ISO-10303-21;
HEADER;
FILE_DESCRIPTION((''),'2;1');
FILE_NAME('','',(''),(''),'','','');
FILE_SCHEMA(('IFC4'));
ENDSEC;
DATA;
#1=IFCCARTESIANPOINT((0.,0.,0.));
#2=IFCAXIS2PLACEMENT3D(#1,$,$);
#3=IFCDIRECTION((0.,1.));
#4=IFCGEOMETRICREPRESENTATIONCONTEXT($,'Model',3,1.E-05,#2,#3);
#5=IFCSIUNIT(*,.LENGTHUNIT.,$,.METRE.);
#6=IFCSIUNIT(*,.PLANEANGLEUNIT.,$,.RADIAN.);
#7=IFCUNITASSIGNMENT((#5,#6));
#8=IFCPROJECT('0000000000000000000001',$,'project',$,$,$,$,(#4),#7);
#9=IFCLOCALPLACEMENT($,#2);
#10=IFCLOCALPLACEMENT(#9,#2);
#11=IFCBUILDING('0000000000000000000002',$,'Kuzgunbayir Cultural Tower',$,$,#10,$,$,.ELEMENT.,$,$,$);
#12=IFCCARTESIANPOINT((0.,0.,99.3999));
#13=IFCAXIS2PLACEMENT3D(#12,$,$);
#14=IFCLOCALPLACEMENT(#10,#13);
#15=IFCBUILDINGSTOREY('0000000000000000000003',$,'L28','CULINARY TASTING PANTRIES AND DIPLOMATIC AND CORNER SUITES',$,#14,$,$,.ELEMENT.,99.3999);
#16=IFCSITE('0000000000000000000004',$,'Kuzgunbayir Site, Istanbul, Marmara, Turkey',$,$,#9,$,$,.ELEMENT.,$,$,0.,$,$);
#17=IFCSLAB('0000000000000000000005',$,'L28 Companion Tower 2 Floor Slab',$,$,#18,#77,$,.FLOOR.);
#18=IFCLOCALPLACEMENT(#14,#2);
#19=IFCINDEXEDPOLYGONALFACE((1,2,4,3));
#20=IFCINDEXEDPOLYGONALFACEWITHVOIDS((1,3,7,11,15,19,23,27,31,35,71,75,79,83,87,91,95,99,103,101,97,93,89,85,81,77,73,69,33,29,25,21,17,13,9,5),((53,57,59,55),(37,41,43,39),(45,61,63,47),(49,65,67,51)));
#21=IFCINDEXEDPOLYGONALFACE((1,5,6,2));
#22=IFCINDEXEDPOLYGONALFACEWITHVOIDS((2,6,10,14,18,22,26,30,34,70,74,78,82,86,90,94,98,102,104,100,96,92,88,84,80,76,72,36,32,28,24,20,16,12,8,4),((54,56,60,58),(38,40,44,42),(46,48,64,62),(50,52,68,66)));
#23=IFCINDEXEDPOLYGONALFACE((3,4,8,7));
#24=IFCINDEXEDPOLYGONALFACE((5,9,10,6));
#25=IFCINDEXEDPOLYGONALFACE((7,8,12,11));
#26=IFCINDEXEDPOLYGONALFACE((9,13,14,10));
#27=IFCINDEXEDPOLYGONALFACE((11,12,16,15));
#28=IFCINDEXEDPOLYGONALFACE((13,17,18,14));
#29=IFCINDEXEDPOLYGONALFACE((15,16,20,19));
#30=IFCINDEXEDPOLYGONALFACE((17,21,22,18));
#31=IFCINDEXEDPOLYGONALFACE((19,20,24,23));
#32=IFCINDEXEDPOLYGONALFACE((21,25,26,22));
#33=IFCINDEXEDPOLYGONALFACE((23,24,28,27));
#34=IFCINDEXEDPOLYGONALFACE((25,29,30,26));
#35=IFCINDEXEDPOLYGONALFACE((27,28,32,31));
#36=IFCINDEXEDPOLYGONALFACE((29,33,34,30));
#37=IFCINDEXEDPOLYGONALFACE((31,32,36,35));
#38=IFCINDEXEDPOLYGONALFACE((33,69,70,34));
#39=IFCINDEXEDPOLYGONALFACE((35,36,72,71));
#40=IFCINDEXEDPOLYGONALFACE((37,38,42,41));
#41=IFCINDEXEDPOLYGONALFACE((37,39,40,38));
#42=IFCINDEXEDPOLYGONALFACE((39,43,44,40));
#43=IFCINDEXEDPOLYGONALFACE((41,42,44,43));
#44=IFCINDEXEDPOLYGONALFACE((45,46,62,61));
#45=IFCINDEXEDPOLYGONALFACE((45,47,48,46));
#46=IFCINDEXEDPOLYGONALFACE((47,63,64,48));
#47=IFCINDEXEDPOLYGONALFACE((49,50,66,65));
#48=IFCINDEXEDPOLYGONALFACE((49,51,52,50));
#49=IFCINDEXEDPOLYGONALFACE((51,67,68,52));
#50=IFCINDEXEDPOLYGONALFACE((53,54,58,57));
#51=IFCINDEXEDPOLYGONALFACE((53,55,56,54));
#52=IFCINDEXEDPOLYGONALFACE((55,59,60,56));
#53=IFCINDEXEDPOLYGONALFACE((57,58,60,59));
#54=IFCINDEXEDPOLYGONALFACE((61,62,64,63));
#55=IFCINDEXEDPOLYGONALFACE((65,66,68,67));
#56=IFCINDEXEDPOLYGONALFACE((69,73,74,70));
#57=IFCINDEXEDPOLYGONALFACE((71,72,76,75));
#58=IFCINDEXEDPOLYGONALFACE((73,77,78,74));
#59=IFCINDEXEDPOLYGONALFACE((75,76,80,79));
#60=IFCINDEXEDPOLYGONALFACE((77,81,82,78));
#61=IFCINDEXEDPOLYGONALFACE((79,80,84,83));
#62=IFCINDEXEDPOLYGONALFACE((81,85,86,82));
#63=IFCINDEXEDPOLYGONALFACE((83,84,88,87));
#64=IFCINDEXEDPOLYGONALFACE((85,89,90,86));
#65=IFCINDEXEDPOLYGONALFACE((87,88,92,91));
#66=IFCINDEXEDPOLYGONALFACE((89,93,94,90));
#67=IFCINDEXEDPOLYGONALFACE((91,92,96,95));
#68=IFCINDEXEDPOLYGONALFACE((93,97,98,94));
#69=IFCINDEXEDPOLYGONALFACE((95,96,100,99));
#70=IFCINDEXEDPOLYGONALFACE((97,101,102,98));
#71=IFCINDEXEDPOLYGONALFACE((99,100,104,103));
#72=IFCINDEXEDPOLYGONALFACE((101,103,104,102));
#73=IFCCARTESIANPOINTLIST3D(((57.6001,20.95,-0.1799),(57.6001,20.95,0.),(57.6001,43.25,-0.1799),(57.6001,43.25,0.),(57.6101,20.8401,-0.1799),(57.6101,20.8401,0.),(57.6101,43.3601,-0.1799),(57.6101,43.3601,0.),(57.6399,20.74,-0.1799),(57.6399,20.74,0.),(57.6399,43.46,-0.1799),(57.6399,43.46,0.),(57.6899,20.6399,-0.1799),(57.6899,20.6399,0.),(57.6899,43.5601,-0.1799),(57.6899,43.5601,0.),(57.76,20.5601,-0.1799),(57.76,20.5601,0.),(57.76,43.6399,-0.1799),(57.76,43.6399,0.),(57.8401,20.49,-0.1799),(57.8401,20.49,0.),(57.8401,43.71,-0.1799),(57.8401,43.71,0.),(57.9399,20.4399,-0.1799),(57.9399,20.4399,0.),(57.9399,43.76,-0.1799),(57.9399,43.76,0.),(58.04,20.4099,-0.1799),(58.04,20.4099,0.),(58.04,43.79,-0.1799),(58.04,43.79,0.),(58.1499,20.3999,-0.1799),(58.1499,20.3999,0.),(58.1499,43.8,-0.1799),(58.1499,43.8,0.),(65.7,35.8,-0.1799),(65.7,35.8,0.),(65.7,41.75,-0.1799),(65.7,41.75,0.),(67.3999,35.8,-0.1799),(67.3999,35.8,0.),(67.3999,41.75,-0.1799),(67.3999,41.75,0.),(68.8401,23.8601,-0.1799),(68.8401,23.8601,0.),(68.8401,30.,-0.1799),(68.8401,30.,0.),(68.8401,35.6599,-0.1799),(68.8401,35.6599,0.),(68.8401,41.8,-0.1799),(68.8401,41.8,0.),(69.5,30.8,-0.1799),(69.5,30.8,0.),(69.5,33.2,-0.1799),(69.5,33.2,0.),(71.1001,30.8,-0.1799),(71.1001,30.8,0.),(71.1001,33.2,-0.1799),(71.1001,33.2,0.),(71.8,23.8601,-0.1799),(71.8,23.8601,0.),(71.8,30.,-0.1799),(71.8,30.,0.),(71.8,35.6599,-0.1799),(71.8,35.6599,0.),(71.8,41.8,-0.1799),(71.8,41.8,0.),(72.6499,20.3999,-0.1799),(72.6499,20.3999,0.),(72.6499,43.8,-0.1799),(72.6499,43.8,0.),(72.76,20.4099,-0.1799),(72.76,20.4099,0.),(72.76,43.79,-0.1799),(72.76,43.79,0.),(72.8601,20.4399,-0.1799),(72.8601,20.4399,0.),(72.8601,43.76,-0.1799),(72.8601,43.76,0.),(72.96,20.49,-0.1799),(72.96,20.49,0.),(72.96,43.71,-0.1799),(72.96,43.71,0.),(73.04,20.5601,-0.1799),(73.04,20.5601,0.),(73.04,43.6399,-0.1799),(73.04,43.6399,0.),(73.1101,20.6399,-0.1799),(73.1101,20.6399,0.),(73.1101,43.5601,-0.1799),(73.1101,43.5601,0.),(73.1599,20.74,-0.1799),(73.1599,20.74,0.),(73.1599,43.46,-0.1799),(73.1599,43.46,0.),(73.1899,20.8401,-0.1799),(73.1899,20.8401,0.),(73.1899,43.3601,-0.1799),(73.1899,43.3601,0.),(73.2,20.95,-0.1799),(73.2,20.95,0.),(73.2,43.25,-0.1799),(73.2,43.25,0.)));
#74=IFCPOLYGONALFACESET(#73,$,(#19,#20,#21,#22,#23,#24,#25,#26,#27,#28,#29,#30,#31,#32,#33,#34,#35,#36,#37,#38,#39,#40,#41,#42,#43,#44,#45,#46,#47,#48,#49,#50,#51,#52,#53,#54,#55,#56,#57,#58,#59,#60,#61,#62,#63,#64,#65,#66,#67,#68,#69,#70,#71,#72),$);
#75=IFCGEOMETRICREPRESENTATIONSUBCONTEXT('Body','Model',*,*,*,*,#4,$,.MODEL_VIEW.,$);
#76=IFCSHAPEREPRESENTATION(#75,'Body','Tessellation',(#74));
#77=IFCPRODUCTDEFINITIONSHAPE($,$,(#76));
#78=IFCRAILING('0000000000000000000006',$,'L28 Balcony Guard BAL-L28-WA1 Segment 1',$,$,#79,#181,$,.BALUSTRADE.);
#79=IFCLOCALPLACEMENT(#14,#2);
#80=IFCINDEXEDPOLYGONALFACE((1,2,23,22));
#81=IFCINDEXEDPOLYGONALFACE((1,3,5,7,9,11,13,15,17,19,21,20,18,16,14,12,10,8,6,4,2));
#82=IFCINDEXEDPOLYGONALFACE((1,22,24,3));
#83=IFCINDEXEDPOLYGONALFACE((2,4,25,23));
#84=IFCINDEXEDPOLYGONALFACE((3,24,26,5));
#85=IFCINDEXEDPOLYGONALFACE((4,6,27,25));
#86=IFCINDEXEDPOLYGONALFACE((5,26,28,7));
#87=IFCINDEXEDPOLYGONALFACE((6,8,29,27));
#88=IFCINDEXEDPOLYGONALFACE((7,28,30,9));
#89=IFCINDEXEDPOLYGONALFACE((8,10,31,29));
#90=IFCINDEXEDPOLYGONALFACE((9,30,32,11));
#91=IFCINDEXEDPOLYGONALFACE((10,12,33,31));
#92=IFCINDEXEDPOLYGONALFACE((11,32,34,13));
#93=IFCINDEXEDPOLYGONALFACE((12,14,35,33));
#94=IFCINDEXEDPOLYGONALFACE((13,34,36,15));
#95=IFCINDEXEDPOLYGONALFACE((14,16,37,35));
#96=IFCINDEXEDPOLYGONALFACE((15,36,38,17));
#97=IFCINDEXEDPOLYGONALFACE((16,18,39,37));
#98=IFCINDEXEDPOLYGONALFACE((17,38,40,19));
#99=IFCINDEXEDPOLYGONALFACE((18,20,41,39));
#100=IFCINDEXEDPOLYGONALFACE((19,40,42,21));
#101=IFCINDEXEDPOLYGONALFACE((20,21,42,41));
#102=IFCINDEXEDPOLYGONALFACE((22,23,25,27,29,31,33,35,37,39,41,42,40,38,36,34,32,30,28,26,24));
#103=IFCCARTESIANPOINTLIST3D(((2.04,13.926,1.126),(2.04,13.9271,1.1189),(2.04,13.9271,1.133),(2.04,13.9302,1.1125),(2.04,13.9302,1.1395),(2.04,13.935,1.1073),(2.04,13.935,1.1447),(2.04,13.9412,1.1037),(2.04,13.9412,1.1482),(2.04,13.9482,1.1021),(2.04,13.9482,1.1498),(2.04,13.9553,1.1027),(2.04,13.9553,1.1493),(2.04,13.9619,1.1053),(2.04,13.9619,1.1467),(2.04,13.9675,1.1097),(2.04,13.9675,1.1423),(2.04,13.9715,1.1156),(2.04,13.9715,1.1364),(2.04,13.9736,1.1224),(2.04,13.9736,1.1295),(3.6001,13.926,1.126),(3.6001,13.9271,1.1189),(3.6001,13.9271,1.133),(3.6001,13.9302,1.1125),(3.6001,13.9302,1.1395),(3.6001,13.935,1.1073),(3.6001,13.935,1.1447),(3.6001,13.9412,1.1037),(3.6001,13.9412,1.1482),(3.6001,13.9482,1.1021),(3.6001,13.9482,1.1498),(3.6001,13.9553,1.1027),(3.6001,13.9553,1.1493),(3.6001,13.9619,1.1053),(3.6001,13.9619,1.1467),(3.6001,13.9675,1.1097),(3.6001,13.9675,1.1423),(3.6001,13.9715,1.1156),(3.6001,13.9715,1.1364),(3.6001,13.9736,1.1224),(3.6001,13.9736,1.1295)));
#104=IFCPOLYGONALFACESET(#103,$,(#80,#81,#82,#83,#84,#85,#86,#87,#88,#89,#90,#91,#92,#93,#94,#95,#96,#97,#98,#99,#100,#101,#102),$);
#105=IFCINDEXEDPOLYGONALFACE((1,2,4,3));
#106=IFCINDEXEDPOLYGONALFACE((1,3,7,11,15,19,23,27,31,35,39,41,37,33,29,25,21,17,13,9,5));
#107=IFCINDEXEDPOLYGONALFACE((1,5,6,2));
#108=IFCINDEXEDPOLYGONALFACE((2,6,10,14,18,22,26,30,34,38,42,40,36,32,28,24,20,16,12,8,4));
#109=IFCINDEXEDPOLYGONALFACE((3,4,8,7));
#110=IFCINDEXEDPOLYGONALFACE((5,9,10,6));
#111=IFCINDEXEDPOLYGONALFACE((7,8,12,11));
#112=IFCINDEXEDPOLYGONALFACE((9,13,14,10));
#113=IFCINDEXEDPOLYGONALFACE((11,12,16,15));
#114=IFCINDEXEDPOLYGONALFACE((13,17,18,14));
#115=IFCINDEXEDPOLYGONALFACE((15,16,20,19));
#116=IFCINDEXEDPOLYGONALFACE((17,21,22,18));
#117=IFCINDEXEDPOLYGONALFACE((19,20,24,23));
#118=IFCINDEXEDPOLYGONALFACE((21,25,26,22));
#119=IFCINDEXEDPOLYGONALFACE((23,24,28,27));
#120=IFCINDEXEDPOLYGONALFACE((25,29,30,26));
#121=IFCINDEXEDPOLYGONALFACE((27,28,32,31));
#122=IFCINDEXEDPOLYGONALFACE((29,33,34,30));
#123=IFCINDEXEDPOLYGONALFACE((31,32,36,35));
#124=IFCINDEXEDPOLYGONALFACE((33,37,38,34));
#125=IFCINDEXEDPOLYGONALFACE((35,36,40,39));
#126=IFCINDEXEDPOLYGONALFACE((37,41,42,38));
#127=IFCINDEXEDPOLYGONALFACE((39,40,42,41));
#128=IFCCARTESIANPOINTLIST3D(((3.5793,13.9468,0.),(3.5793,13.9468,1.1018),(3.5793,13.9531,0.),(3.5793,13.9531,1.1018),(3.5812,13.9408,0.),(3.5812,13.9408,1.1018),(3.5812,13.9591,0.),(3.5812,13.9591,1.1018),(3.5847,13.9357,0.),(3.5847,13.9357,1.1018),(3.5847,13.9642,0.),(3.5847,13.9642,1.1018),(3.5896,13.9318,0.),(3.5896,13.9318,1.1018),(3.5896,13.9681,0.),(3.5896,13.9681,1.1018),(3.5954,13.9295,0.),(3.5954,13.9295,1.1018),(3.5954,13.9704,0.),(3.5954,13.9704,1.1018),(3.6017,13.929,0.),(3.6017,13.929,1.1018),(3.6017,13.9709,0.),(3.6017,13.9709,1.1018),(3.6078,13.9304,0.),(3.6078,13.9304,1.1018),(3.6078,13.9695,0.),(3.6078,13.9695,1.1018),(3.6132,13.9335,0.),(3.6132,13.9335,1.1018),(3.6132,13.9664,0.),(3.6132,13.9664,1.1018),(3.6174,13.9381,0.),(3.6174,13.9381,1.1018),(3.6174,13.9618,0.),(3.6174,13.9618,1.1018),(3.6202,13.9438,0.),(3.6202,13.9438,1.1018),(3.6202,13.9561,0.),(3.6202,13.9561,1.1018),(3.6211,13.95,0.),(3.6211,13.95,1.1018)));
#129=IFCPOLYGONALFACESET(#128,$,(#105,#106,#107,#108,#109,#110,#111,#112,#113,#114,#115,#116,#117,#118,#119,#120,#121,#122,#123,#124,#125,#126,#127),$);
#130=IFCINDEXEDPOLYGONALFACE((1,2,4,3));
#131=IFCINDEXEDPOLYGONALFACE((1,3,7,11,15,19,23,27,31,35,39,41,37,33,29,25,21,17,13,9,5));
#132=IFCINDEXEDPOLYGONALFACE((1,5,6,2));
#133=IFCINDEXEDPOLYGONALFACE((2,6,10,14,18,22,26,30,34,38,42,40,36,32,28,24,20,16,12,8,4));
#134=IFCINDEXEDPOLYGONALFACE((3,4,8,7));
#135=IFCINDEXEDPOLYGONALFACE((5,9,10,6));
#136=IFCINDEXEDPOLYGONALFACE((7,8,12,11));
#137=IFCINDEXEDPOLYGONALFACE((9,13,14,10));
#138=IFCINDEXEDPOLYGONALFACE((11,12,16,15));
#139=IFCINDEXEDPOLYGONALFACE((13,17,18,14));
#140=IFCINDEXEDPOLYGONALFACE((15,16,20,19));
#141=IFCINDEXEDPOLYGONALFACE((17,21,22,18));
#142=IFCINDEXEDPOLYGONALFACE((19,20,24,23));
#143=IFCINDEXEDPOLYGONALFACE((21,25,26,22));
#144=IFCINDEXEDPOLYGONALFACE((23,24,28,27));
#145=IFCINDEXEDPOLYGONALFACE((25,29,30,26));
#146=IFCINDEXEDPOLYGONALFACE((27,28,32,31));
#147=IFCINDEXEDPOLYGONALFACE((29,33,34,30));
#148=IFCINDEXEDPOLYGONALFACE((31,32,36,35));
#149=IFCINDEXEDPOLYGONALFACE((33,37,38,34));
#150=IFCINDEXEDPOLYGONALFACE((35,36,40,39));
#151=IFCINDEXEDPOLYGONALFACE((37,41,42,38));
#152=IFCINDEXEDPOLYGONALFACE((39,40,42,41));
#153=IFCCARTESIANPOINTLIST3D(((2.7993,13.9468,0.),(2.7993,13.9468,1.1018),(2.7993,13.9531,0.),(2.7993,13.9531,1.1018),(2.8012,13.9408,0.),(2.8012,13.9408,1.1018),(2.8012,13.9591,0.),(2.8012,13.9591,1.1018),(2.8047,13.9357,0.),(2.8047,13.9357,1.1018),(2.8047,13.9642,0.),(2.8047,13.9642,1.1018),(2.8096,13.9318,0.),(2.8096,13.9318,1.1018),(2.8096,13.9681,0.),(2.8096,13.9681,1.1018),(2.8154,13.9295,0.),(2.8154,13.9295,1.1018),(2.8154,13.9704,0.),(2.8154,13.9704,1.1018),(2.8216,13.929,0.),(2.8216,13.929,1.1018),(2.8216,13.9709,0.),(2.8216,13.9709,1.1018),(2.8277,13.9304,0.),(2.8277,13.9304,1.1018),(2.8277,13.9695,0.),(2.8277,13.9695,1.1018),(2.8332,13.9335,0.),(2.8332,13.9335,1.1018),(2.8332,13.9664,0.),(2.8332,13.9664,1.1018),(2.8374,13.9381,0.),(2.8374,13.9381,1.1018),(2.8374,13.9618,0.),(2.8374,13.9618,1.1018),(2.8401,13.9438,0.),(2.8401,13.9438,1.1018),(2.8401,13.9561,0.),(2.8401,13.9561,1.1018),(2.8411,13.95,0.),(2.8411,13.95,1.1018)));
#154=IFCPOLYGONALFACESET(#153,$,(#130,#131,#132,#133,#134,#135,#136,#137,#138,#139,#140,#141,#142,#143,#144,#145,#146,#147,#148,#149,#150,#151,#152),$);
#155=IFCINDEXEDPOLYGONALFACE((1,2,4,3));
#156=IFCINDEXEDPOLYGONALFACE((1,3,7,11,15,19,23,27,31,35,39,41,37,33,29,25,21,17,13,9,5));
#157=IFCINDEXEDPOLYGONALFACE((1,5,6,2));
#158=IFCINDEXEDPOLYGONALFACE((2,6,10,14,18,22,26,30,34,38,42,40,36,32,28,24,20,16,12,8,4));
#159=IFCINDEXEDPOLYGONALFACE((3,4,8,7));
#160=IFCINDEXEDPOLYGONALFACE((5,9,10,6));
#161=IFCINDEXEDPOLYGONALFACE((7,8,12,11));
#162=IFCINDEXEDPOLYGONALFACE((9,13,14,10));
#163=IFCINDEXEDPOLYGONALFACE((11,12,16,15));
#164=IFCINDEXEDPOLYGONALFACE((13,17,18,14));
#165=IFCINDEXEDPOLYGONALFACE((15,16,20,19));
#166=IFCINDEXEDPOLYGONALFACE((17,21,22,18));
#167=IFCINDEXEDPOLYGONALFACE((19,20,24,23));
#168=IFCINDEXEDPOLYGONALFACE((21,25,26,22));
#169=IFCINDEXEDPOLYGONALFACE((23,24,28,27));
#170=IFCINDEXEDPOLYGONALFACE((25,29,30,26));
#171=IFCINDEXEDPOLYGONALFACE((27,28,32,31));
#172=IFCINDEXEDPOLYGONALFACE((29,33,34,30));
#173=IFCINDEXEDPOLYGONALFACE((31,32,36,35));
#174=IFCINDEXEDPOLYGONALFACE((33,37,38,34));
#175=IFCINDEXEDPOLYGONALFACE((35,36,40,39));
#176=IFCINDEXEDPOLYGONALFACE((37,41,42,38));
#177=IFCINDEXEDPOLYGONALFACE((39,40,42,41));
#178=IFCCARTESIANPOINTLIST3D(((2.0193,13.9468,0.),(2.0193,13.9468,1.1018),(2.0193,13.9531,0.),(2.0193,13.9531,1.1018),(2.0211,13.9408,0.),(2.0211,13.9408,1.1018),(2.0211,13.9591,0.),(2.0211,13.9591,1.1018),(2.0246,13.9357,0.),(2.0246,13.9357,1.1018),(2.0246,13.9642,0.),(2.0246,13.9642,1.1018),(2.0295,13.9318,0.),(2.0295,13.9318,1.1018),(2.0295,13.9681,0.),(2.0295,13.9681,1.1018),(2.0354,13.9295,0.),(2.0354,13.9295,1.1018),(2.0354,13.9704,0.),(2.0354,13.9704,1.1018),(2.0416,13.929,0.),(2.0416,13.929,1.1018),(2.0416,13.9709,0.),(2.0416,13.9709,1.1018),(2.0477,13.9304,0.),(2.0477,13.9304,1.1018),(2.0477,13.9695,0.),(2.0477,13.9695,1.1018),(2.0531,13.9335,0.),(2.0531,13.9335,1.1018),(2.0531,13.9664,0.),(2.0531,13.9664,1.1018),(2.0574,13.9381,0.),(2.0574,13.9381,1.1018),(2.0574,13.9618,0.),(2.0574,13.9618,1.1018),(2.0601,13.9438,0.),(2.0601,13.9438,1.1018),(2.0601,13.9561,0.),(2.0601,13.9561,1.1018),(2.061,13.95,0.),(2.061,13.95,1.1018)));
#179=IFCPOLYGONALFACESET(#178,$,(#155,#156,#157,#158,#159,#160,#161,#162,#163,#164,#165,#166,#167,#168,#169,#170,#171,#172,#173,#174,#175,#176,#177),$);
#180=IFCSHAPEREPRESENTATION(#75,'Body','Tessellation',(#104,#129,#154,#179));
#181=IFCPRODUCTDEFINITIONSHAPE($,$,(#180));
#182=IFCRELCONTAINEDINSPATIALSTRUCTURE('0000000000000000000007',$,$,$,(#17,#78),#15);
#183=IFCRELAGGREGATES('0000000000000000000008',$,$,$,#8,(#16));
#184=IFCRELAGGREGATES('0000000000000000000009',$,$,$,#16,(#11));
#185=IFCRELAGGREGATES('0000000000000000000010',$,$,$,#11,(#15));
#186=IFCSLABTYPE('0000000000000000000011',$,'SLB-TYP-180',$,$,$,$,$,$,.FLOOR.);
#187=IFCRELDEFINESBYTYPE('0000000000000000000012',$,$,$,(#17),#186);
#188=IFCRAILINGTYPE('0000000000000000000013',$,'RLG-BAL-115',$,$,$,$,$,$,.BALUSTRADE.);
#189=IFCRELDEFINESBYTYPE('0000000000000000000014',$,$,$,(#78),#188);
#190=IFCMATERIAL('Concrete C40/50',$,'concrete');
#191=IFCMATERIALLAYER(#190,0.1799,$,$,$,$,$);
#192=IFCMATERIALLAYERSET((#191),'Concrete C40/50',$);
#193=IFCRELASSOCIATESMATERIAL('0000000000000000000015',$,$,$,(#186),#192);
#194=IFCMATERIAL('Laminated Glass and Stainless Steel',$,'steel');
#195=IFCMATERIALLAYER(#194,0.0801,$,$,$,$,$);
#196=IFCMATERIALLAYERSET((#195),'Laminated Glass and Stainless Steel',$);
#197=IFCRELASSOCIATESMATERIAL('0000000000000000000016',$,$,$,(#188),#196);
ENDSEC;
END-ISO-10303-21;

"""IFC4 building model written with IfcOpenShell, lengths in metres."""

from ifc_helpers import new_model, si_unit, direction, frame, origin, origin_2d, place, context, subcontext, project, spatial, polyline, circle, outline, extrude, material, layer, layer_set, type_object, element, save


model = new_model("IFC4")

# Units and contexts
model_context = context("Model", 3, precision=1e-05, world=origin(), true_north=direction((0.0, 1.0)))
body_context = subcontext(model_context, "Body", "Model", "MODEL_VIEW")
ifc_project = project(units=[si_unit("LENGTHUNIT", "METRE"), si_unit("PLANEANGLEUNIT", "RADIAN")], contexts=[model_context])

# Site, building, storey
site_placement = place(None, origin())
site = spatial("IfcSite", under=ifc_project, at=site_placement, Name="Kuzgunbayir Site, Istanbul, Marmara, Turkey", CompositionType="ELEMENT", RefElevation=0.0)
building_placement = place(site_placement, origin())
building = spatial("IfcBuilding", under=site, at=building_placement, Name="Kuzgunbayir Cultural Tower", CompositionType="ELEMENT")
storey_placement = place(building_placement, frame((0.0, 0.0, 99.3999)))
storey = spatial("IfcBuildingStorey", under=building, at=storey_placement, Name="L28", Description="CULINARY TASTING PANTRIES AND DIPLOMATIC AND CORNER SUITES", CompositionType="ELEMENT", Elevation=99.3999)

# Shared definitions
ifc_material_1 = material(Name="Concrete C40/50", Category="concrete")

# Slab
ifc_layer_1 = layer(ifc_material_1, 0.1799)
ifc_layer_set_1 = layer_set([ifc_layer_1], Name="Concrete C40/50")
slab_type_1 = type_object("IfcSlabType", Name="SLB-TYP-180", PredefinedType="FLOOR", material=ifc_layer_set_1)
slab_1_placement = place(storey_placement, frame((0.0, 0.0, -0.1799)))
element("IfcSlab", 1, at=slab_1_placement, inside=storey, type_object=slab_type_1, Name="L28 Companion Tower 2 Floor Slab", PredefinedType="FLOOR", context=body_context, shape_type="SweptSolid", body=[
    extrude(outline(polyline([(72.6499, 20.3999), (72.76, 20.4099), (72.8601, 20.4399), (72.96, 20.49), (73.04, 20.5601), (73.1101, 20.6399), (73.1599, 20.74), (73.1899, 20.8401), (73.2, 20.95), (73.2, 43.25), (73.1899, 43.3601), (73.1599, 43.46), (73.1101, 43.5601), (73.04, 43.6399), (72.96, 43.71), (72.8601, 43.76), (72.76, 43.79), (72.6499, 43.8), (58.1499, 43.8), (58.04, 43.79), (57.9399, 43.76), (57.8401, 43.71), (57.76, 43.6399), (57.6899, 43.5601), (57.6399, 43.46), (57.6101, 43.3601), (57.6001, 43.25), (57.6001, 20.95), (57.6101, 20.8401), (57.6399, 20.74), (57.6899, 20.6399), (57.76, 20.5601), (57.8401, 20.49), (57.9399, 20.4399), (58.04, 20.4099), (58.1499, 20.3999), (72.6499, 20.3999)]), holes=[polyline([(68.8401, 23.8601), (68.8401, 30.0), (71.8, 30.0), (71.8, 23.8601), (68.8401, 23.8601)]), polyline([(68.8401, 35.6599), (68.8401, 41.8), (71.8, 41.8), (71.8, 35.6599), (68.8401, 35.6599)]), polyline([(65.7, 35.8), (65.7, 41.75), (67.3999, 41.75), (67.3999, 35.8), (65.7, 35.8)]), polyline([(69.5, 30.8), (69.5, 33.2), (71.1001, 33.2), (71.1001, 30.8), (69.5, 30.8)])]), origin(), (0.0, 0.0, 1.0), 0.1799),
])

# Railing
ifc_material_2 = material(Name="Laminated Glass and Stainless Steel", Category="steel")
ifc_layer_2 = layer(ifc_material_2, 0.0801)
ifc_layer_set_2 = layer_set([ifc_layer_2], Name="Laminated Glass and Stainless Steel")
railing_type = type_object("IfcRailingType", Name="RLG-BAL-115", PredefinedType="BALUSTRADE", material=ifc_layer_set_2)
railing_1_placement = place(storey_placement, frame((3.6001, 13.95, 0.0)))
element("IfcRailing", 2, at=railing_1_placement, inside=storey, type_object=railing_type, Name="L28 Balcony Guard BAL-L28-WA1 Segment 1", PredefinedType="BALUSTRADE", context=body_context, shape_type="SweptSolid", body=[
    extrude(circle(Radius=0.0239, at=origin_2d()), frame((0.0, 0.0, 1.126), z_axis=(-1.0, 0.0, 0.0), x_axis=(0.0, -1.0, 0.0)), (0.0, 0.0, 1.0), 1.5601),
    extrude(circle(Radius=0.021, at=origin_2d()), origin(), (0.0, 0.0, 1.0), 1.1018),
    extrude(circle(Radius=0.021, at=origin_2d()), frame((-0.78, 0.0, 0.0)), (0.0, 0.0, 1.0), 1.1018),
    extrude(circle(Radius=0.021, at=origin_2d()), frame((-1.5601, 0.0, 0.0)), (0.0, 0.0, 1.0), 1.1018),
])

save(model, "model.ifc")
